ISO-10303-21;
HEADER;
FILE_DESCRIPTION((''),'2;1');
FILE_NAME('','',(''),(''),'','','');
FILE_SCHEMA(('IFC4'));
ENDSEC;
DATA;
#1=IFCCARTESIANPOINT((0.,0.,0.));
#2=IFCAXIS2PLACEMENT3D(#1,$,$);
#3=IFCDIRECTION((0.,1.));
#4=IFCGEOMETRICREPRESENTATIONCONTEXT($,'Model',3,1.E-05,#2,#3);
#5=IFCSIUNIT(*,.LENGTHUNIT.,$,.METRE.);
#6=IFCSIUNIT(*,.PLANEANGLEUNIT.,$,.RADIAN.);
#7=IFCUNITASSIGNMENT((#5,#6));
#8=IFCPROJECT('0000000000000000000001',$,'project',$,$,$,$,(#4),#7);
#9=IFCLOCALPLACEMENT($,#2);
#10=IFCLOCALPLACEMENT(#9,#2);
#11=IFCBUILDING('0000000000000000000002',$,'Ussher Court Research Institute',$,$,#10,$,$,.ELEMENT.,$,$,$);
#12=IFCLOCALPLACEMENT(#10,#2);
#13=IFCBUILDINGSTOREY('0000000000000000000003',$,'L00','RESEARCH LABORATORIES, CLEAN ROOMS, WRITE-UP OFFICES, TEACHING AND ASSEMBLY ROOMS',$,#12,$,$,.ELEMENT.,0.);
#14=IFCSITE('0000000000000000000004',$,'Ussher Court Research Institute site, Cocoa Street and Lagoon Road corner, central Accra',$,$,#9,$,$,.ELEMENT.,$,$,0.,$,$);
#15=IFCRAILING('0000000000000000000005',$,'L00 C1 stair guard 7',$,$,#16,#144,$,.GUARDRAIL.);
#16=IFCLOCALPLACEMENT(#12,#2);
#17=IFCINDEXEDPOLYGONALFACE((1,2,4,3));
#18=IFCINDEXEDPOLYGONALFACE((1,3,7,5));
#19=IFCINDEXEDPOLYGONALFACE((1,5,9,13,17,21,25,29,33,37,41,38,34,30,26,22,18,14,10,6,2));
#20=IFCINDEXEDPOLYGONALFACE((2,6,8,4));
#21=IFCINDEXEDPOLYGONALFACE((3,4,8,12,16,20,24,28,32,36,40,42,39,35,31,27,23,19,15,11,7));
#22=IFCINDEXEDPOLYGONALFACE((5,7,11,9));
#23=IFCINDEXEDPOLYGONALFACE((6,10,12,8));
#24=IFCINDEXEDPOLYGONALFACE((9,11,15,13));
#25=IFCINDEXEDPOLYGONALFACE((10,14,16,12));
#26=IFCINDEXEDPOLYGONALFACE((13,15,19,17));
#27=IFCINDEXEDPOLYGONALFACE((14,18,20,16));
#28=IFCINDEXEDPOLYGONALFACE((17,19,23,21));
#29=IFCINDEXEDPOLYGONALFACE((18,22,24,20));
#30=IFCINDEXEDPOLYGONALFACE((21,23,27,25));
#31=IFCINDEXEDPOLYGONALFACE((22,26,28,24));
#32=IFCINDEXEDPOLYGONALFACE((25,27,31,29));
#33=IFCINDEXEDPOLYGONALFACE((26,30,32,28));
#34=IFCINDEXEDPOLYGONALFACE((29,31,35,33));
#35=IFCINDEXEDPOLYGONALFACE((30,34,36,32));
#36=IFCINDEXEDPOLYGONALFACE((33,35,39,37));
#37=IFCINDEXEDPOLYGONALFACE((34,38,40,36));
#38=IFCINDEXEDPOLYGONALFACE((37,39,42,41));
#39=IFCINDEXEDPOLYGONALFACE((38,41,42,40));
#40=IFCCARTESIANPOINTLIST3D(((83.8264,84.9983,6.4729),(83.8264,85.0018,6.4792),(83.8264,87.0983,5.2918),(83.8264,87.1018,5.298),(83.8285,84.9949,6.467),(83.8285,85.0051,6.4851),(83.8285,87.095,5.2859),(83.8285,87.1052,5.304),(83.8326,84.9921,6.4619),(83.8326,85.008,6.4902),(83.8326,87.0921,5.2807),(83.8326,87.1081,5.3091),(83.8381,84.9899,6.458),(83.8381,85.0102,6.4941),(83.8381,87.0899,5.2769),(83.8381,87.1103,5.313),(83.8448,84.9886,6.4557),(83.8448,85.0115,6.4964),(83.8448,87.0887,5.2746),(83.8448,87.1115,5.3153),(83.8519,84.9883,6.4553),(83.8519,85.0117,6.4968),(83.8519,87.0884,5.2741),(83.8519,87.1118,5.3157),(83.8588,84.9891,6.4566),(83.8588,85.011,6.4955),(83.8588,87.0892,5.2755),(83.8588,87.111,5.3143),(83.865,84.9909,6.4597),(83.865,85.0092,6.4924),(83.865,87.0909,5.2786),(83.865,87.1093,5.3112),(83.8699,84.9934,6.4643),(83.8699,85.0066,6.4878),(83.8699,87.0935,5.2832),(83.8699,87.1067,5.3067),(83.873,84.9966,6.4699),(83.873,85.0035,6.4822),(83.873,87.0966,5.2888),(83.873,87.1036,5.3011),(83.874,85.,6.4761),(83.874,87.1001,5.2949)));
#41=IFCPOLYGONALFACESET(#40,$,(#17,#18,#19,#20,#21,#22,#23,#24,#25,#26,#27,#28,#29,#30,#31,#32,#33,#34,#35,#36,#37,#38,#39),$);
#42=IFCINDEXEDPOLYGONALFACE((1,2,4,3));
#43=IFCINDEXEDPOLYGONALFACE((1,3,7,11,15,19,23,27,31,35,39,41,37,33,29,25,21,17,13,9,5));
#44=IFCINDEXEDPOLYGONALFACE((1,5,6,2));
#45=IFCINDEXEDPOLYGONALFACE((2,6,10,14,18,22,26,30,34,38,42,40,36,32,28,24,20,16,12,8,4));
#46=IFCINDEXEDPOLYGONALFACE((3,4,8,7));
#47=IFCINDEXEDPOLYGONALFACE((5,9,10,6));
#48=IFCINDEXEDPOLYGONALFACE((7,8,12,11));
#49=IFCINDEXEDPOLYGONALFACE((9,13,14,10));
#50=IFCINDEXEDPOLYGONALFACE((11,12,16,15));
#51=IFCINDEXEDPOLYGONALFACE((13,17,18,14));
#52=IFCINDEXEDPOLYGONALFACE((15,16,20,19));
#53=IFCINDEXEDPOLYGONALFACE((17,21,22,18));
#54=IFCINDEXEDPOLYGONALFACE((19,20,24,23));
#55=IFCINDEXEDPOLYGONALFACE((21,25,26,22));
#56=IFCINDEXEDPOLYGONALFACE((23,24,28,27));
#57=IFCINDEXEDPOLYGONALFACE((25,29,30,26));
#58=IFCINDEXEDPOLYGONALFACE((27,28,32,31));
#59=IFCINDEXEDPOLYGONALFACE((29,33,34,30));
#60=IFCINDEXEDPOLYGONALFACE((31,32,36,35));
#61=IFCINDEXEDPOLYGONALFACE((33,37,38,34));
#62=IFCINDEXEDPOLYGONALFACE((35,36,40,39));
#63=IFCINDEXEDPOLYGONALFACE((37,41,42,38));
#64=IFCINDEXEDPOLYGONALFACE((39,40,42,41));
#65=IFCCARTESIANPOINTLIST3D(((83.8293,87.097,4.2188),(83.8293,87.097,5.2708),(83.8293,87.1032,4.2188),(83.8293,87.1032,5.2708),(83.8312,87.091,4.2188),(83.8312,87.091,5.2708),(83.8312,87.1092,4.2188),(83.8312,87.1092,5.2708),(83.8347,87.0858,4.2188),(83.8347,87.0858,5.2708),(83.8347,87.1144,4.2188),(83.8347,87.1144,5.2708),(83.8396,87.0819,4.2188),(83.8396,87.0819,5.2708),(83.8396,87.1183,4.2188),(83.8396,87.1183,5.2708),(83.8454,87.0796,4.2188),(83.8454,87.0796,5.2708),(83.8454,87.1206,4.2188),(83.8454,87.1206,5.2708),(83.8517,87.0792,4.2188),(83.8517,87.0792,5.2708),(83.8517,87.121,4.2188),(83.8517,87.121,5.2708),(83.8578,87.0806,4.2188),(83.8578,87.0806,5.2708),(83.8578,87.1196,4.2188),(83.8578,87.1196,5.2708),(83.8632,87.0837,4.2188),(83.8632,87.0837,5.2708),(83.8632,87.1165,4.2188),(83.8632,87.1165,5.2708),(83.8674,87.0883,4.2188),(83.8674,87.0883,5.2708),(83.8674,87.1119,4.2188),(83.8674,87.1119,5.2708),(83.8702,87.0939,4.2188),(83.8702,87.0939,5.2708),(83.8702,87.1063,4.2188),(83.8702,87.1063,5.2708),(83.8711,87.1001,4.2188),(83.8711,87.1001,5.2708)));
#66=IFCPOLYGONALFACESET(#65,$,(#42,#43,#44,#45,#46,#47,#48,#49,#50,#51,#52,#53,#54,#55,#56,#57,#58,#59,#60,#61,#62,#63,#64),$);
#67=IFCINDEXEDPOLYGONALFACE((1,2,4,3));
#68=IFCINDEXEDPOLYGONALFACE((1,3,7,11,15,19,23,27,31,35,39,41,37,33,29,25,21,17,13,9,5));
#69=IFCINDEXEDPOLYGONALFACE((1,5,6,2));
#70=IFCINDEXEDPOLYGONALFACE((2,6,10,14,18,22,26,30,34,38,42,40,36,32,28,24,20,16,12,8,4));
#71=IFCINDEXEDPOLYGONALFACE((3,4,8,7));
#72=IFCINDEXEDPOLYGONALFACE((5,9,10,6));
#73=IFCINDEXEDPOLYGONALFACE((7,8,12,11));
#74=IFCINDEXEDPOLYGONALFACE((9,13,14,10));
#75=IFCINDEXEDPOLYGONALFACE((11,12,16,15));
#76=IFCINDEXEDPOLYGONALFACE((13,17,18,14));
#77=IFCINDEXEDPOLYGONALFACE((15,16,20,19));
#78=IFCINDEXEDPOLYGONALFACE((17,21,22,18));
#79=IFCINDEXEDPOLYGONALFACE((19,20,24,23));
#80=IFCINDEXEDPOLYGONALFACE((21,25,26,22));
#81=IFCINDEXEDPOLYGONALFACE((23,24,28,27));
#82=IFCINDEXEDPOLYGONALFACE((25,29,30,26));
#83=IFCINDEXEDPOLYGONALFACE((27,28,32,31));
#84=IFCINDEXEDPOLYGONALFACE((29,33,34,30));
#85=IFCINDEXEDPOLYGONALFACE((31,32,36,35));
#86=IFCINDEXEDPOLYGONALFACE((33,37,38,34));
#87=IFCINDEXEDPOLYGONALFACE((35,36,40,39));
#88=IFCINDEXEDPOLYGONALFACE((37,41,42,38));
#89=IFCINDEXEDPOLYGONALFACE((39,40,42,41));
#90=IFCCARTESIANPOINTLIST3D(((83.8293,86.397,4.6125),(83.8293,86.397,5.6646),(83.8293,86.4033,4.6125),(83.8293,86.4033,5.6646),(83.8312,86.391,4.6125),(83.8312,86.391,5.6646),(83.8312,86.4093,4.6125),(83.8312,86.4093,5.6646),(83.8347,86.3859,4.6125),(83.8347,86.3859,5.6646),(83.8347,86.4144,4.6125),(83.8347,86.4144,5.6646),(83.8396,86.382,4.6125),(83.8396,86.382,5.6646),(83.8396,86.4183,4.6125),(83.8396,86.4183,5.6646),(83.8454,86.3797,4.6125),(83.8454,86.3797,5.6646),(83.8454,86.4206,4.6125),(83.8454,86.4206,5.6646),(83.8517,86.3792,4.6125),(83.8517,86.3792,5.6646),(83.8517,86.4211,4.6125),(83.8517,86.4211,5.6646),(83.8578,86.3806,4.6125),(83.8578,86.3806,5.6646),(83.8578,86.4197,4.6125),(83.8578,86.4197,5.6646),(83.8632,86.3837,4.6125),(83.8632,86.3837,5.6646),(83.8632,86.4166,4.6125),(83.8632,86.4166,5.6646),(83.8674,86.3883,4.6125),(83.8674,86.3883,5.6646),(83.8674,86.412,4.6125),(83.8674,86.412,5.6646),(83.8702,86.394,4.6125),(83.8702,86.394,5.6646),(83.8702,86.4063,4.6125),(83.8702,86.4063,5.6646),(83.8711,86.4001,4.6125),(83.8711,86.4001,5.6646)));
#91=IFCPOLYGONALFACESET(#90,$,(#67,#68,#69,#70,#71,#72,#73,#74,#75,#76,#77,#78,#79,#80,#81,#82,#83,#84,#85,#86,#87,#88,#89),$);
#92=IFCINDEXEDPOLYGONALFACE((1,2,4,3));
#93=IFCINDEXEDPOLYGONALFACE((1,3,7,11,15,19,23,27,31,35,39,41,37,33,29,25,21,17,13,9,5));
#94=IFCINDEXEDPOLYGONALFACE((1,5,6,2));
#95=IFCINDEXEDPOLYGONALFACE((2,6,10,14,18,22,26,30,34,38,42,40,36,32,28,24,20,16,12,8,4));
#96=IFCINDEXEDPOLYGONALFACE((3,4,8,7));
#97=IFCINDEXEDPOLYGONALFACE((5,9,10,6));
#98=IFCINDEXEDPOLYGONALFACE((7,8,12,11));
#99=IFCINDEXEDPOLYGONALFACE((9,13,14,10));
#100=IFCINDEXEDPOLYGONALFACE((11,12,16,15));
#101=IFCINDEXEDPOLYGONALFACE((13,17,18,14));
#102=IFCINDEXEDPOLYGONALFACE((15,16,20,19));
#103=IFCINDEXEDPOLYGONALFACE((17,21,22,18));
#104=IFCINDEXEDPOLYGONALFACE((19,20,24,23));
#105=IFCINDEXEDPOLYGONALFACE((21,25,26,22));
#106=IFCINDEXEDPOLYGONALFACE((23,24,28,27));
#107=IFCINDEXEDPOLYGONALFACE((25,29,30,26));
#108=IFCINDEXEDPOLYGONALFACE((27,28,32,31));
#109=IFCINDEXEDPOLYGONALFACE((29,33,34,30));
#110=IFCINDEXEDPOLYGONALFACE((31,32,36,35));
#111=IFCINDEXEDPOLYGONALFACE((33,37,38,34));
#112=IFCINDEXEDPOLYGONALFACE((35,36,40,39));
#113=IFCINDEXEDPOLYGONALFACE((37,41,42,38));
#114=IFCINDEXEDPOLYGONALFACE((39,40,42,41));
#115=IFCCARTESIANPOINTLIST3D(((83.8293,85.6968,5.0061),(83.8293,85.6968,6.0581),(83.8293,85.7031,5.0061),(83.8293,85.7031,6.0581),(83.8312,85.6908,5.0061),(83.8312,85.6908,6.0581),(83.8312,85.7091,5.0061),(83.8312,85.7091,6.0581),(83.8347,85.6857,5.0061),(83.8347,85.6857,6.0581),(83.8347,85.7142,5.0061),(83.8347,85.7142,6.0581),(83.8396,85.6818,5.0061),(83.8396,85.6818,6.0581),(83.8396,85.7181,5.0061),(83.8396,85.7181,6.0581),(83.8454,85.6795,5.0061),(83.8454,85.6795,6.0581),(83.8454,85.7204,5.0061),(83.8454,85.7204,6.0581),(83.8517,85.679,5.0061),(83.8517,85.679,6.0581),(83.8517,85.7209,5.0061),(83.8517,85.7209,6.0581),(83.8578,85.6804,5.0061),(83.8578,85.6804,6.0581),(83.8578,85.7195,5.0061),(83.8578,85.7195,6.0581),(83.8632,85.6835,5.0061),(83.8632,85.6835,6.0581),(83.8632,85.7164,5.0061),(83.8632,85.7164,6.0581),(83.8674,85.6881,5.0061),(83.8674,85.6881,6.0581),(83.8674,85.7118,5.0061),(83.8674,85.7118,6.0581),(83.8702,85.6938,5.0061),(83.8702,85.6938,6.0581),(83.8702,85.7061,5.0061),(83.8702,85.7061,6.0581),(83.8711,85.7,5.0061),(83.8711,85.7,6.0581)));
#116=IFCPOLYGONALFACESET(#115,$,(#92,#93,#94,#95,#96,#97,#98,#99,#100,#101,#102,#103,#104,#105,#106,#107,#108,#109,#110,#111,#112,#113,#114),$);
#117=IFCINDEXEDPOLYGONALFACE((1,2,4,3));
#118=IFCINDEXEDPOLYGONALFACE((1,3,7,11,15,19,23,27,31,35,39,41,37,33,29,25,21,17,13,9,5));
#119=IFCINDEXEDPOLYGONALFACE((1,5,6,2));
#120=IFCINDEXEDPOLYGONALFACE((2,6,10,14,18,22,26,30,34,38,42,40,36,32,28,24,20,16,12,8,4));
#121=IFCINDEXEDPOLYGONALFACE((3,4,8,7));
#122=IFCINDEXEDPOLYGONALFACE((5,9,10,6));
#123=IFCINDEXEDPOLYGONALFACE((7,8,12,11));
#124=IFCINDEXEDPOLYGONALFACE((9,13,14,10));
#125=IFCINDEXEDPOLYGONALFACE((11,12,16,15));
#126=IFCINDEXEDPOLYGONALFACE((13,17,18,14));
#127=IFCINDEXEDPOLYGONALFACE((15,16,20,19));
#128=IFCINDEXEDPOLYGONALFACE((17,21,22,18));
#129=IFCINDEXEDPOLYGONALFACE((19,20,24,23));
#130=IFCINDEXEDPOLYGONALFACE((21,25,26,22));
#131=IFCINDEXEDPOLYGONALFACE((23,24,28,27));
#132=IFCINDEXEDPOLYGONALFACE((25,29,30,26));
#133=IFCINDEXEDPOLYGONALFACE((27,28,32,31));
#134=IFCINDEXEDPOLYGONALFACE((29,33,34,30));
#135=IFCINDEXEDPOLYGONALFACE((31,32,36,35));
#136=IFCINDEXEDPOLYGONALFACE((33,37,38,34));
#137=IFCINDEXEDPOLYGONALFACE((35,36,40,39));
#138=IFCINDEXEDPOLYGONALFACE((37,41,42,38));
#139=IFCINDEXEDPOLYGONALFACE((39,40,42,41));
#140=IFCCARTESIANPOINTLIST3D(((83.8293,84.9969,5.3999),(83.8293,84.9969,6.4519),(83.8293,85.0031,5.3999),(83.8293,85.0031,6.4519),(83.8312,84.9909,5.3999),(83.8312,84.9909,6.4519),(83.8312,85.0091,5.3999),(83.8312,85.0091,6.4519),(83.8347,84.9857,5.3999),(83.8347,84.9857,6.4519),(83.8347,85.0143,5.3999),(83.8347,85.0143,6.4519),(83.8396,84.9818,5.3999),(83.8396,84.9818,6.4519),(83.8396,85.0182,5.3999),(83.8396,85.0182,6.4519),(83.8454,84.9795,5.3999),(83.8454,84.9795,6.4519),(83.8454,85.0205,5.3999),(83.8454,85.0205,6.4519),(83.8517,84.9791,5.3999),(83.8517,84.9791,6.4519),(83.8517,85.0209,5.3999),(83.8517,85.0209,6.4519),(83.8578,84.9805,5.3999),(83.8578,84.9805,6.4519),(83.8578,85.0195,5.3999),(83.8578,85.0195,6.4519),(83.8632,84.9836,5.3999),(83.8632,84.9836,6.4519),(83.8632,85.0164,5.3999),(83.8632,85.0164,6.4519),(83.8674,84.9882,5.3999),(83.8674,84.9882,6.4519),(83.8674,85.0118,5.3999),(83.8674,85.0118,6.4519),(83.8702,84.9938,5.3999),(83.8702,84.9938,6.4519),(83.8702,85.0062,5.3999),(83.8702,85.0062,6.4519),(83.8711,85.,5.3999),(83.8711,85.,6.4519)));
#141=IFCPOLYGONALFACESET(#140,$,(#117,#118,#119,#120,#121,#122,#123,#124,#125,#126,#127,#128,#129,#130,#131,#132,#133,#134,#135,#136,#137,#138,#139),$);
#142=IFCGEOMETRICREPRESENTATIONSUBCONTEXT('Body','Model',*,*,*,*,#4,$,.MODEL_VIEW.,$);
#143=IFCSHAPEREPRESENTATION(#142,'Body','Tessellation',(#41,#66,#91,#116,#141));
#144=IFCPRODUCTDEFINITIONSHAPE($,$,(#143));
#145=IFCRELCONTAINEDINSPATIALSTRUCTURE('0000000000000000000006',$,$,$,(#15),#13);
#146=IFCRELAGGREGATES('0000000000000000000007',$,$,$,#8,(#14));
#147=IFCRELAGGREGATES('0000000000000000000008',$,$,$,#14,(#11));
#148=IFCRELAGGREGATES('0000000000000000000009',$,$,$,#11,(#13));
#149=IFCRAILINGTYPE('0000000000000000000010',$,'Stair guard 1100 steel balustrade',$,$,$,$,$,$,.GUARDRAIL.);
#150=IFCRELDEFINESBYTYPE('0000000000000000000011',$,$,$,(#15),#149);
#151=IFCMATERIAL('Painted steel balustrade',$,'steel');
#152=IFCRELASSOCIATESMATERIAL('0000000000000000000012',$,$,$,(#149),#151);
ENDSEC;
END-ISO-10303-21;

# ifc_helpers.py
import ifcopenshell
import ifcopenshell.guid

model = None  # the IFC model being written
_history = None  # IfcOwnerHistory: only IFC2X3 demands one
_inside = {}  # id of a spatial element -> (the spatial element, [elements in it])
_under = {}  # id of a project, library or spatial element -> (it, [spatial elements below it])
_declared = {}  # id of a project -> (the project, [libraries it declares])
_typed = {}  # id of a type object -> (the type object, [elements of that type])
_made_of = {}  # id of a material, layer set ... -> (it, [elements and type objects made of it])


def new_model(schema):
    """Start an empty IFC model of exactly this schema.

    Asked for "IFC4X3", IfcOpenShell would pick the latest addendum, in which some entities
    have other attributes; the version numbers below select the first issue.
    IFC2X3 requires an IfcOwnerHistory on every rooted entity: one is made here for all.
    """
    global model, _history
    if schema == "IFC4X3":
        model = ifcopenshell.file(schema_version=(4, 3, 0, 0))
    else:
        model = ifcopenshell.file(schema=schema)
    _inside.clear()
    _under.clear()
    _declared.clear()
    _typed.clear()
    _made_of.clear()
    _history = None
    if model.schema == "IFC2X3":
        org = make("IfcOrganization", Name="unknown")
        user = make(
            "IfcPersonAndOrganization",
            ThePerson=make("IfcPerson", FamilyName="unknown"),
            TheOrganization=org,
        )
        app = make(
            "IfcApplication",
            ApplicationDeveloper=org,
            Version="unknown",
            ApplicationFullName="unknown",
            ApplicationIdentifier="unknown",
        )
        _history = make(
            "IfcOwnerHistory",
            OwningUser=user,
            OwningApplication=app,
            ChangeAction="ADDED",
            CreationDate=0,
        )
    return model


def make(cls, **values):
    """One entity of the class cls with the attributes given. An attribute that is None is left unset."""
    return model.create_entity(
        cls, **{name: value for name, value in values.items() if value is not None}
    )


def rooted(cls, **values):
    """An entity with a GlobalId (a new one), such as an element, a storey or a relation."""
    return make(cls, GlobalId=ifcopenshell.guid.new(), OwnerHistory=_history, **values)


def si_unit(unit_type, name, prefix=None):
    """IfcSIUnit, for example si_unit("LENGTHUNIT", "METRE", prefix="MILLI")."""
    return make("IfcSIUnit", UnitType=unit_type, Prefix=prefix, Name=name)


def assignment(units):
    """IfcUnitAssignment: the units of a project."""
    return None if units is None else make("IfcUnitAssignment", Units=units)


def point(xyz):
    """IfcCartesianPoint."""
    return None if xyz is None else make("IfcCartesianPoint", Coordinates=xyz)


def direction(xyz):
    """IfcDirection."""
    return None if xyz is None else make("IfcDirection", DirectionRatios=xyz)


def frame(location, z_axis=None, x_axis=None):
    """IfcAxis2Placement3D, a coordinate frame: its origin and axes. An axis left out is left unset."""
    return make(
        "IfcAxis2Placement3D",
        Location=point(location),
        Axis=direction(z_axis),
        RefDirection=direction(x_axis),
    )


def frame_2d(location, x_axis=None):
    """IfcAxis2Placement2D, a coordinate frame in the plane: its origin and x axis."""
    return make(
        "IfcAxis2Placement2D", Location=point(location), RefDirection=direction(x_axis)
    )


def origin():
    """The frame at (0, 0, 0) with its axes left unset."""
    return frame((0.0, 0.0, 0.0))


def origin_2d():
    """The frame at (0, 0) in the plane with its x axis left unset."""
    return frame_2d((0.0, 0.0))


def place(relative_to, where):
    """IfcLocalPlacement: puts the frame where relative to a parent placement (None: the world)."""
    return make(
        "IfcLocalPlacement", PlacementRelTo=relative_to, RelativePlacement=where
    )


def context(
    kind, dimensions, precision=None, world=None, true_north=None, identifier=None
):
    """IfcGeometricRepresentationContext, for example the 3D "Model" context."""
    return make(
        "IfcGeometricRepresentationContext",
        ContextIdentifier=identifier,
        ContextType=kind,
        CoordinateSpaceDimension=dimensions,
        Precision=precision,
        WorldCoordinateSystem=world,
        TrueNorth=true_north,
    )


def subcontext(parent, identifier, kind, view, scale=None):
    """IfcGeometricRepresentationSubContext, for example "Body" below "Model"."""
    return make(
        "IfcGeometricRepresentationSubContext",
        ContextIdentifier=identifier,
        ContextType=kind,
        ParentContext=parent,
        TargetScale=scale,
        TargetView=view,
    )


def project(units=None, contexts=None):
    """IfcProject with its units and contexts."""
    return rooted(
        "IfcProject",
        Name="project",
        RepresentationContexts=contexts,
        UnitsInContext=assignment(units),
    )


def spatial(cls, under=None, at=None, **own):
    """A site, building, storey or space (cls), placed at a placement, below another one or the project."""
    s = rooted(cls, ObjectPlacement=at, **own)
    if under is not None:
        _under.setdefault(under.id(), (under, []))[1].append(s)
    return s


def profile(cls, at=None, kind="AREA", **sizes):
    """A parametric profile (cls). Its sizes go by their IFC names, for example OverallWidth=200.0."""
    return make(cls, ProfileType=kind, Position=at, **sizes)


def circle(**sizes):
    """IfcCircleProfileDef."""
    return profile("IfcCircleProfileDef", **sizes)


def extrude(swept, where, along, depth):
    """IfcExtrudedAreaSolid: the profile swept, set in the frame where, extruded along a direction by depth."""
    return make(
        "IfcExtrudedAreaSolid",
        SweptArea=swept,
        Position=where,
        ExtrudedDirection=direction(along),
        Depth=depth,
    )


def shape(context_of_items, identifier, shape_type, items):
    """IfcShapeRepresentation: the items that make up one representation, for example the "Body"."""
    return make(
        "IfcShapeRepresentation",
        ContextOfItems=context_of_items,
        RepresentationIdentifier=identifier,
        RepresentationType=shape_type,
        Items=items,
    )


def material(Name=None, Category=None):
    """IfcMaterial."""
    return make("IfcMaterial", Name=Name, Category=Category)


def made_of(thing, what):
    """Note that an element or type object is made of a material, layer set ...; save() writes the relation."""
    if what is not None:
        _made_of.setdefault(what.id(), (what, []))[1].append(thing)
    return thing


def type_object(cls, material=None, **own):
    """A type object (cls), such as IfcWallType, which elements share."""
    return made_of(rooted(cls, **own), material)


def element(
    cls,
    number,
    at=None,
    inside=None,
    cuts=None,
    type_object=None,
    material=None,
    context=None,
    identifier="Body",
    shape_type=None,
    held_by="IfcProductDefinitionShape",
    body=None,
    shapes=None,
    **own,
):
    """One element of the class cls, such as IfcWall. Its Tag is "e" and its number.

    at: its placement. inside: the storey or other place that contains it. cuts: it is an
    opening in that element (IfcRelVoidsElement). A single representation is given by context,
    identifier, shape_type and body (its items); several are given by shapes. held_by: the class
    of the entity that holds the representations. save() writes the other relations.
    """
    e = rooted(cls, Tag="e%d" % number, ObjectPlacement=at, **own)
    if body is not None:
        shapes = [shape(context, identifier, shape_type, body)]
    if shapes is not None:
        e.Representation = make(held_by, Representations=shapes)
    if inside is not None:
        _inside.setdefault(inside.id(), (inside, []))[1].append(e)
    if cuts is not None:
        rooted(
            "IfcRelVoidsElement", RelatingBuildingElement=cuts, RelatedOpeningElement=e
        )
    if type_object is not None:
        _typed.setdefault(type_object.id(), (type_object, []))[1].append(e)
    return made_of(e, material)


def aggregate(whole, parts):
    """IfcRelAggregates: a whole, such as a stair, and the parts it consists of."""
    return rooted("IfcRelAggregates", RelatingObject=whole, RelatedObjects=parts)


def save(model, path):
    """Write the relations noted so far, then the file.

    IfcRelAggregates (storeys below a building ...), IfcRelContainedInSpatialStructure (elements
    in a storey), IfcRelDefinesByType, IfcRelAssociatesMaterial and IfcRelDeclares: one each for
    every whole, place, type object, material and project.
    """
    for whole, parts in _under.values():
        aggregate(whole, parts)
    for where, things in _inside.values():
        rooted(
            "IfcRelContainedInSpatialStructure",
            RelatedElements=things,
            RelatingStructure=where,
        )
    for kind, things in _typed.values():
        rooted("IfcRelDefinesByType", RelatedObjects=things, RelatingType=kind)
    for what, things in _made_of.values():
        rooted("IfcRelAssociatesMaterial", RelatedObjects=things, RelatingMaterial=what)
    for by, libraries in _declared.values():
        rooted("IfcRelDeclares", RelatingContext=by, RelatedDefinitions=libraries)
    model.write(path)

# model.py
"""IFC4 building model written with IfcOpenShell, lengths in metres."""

from ifc_helpers import new_model, si_unit, direction, frame, origin, origin_2d, place, context, subcontext, project, spatial, circle, extrude, material, type_object, element, save


model = new_model("IFC4")

# Units and contexts
model_context = context("Model", 3, precision=1e-05, world=origin(), true_north=direction((0.0, 1.0)))
body_context = subcontext(model_context, "Body", "Model", "MODEL_VIEW")
ifc_project = project(units=[si_unit("LENGTHUNIT", "METRE"), si_unit("PLANEANGLEUNIT", "RADIAN")], contexts=[model_context])

# Site, building, storey
site_placement = place(None, origin())
site = spatial("IfcSite", under=ifc_project, at=site_placement, Name="Ussher Court Research Institute site, Cocoa Street and Lagoon Road corner, central Accra", CompositionType="ELEMENT", RefElevation=0.0)
building_placement = place(site_placement, origin())
building = spatial("IfcBuilding", under=site, at=building_placement, Name="Ussher Court Research Institute", CompositionType="ELEMENT")
storey_placement = place(building_placement, origin())
storey = spatial("IfcBuildingStorey", under=building, at=storey_placement, Name="L00", Description="RESEARCH LABORATORIES, CLEAN ROOMS, WRITE-UP OFFICES, TEACHING AND ASSEMBLY ROOMS", CompositionType="ELEMENT", Elevation=0.0)

# Railing
ifc_material_1 = material(Name="Painted steel balustrade", Category="steel")
railing_type_1 = type_object("IfcRailingType", Name="Stair guard 1100 steel balustrade", PredefinedType="GUARDRAIL", material=ifc_material_1)
railing_1_placement = place(storey_placement, frame((83.8501, 87.1001, 4.2188)))
element("IfcRailing", 1, at=railing_1_placement, inside=storey, type_object=railing_type_1, Name="L00 C1 stair guard 7", PredefinedType="GUARDRAIL", context=body_context, shape_type="SweptSolid", body=[
    extrude(circle(Radius=0.0239, at=origin_2d()), frame((0.0, 0.0, 1.0762), z_axis=(0.0, -0.871603, 0.490213), x_axis=(1.0, 0.0, 0.0)), (0.0, 0.0, 1.0), 2.4094),
    extrude(circle(Radius=0.021, at=origin_2d()), origin(), (0.0, 0.0, 1.0), 1.052),
    extrude(circle(Radius=0.021, at=origin_2d()), frame((0.0, -0.7, 0.3938)), (0.0, 0.0, 1.0), 1.052),
    extrude(circle(Radius=0.021, at=origin_2d()), frame((0.0, -1.4001, 0.7874)), (0.0, 0.0, 1.0), 1.052),
    extrude(circle(Radius=0.021, at=origin_2d()), frame((0.0, -2.1001, 1.1812)), (0.0, 0.0, 1.0), 1.052),
])

save(model, "model.ifc")
